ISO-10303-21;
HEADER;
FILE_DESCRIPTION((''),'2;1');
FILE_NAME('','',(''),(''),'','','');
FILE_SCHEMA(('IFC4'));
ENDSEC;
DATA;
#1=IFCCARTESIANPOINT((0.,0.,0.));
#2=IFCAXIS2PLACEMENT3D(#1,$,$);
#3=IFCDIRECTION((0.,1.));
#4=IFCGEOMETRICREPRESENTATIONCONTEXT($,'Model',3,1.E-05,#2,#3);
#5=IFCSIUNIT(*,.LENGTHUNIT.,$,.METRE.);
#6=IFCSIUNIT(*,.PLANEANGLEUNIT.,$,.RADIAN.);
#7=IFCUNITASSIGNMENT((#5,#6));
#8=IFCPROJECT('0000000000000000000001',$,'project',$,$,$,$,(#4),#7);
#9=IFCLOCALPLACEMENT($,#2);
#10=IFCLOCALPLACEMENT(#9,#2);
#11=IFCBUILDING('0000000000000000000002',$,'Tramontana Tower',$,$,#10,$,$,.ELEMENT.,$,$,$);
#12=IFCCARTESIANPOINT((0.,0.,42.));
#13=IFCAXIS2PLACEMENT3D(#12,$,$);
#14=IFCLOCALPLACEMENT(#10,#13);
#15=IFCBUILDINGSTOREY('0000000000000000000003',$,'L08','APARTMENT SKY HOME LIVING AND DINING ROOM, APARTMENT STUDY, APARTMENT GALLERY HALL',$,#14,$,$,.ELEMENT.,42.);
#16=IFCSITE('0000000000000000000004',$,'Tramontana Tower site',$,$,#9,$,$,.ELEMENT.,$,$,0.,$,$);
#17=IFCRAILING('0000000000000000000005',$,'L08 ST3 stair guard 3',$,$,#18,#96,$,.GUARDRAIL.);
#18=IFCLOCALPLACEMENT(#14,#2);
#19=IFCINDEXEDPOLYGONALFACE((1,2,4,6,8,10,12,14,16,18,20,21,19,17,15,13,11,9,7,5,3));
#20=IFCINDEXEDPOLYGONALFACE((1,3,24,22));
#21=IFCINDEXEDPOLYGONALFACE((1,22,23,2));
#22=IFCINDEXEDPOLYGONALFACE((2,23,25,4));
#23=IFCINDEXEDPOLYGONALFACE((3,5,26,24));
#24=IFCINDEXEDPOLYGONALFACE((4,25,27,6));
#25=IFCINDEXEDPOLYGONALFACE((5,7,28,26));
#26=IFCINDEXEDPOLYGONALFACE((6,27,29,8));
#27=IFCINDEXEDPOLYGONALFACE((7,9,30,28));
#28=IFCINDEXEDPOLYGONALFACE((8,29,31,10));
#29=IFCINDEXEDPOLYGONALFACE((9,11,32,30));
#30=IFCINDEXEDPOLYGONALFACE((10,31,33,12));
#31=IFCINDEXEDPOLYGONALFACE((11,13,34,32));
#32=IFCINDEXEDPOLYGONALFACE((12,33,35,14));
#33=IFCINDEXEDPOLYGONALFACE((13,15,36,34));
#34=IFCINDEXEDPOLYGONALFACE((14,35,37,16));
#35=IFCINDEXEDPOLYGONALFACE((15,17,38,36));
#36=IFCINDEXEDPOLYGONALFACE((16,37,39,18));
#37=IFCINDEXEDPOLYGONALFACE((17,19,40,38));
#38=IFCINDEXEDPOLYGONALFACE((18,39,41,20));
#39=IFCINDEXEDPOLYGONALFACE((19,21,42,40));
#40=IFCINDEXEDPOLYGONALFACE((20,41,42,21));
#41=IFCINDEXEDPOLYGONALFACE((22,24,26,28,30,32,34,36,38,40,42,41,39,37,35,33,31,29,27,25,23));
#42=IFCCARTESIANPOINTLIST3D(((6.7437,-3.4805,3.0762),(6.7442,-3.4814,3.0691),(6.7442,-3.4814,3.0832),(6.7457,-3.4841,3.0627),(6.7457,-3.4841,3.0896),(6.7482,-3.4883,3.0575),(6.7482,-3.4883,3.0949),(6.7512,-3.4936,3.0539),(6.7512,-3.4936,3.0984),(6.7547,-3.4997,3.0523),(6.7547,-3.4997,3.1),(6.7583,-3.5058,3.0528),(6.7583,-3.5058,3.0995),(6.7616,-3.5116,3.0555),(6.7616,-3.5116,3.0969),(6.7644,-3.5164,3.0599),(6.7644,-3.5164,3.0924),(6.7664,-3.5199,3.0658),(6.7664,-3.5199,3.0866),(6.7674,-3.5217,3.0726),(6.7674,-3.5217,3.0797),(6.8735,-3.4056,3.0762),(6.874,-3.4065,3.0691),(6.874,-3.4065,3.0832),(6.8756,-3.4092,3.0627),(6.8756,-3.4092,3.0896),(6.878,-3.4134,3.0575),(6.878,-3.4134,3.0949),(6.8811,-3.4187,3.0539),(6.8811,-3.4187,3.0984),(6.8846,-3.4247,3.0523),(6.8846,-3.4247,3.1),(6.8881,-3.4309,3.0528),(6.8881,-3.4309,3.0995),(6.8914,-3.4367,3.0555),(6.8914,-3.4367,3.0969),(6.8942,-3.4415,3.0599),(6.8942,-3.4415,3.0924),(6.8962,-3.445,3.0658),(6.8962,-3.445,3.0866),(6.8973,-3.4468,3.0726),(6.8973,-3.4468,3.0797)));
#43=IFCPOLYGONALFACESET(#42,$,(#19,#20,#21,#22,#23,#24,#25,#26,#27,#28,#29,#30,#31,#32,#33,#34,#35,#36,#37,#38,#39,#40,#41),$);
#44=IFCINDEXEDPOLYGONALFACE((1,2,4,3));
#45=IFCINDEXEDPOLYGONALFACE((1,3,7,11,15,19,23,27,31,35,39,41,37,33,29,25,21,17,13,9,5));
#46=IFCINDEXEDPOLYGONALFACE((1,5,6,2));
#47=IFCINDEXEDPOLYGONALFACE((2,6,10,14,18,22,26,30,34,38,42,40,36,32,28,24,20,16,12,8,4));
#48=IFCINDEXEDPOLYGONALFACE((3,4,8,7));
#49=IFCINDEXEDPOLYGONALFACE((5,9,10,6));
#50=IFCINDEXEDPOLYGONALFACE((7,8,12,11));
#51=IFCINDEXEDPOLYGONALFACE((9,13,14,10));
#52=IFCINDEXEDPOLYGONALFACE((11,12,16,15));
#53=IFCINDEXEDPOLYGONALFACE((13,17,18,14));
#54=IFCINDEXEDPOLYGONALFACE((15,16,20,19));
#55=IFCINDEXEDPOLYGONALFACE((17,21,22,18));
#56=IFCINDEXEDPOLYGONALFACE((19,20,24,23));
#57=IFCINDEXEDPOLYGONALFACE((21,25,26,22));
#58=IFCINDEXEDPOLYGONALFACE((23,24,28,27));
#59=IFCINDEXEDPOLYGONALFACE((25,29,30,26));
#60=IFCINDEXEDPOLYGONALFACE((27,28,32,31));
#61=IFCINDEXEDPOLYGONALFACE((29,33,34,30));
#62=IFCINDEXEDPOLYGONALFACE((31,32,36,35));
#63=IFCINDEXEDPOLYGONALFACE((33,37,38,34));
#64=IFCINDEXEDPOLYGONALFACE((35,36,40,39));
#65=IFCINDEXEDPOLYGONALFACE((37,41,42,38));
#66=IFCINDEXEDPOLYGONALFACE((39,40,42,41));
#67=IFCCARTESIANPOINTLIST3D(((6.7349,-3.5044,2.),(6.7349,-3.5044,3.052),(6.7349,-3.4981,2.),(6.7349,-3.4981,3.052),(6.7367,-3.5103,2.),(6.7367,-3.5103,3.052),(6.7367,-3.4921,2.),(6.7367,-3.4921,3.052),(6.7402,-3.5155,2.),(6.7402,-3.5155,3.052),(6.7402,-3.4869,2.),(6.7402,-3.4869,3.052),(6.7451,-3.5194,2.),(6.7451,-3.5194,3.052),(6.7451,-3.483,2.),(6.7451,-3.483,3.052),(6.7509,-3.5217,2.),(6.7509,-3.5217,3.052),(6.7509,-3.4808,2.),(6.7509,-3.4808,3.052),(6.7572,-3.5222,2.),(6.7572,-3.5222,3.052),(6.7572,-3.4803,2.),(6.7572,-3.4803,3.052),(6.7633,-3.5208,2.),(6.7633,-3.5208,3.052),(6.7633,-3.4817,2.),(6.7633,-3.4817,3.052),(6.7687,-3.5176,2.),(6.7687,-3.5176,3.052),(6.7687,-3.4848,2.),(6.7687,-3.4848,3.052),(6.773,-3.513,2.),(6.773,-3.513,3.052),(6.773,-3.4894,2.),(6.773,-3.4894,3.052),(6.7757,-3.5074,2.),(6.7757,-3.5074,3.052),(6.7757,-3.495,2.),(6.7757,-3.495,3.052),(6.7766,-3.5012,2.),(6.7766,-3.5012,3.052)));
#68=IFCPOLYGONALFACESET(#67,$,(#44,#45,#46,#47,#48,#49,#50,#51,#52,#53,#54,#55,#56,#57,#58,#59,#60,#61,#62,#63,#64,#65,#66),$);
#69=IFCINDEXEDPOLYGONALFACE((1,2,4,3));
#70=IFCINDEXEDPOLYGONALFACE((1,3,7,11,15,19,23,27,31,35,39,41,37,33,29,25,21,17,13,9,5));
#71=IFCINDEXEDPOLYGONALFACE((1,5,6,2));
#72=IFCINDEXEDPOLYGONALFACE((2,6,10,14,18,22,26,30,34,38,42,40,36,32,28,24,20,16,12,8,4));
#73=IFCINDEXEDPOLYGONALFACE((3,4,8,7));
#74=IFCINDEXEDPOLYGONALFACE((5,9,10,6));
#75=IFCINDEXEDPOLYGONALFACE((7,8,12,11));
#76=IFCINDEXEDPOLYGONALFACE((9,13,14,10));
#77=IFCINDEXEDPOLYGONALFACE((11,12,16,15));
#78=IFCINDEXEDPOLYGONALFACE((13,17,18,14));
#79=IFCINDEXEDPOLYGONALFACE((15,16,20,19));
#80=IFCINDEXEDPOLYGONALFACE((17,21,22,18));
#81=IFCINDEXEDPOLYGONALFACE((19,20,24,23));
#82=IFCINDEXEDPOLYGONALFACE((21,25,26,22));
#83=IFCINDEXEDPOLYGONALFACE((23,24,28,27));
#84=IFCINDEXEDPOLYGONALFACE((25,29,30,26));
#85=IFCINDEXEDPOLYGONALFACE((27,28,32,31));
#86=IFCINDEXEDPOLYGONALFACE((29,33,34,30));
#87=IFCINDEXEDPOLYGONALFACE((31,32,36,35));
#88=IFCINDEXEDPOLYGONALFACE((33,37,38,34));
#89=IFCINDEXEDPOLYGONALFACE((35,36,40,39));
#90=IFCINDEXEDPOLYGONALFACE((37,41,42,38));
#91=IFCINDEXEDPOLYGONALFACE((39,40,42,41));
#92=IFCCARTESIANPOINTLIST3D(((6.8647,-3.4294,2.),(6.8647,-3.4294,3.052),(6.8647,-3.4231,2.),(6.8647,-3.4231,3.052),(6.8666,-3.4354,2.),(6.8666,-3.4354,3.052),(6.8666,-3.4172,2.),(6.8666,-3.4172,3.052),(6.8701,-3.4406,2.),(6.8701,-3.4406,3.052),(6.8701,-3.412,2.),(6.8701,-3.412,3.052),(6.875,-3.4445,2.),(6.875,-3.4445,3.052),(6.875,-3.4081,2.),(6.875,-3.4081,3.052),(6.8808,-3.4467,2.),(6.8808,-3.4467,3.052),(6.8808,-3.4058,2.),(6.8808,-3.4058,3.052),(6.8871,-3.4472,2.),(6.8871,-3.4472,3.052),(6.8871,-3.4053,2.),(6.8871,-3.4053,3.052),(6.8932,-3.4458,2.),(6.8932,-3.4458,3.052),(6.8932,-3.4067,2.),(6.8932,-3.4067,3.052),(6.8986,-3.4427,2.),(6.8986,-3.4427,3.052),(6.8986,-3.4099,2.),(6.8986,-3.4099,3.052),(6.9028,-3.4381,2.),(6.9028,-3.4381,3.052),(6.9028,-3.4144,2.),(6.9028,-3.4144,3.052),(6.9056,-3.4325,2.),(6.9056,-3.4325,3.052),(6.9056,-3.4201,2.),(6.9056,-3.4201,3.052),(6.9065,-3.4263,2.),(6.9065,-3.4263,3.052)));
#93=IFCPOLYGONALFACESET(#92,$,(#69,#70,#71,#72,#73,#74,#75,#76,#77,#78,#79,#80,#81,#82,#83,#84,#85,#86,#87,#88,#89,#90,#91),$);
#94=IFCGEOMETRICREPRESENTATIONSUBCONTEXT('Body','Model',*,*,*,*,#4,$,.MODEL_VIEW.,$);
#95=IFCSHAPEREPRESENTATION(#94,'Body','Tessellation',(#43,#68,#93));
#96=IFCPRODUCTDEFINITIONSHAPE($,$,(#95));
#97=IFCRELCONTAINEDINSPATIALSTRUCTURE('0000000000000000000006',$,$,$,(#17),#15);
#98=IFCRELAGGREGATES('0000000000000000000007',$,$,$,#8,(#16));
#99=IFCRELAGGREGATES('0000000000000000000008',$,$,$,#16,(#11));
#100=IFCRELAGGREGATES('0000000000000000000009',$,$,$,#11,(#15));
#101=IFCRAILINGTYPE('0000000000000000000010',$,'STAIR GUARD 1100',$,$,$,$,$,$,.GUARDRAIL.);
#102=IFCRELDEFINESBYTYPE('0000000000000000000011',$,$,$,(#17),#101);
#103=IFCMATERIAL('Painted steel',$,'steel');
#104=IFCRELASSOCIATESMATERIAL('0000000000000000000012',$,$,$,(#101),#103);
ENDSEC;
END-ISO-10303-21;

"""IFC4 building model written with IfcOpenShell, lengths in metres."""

from ifc_helpers import new_model, si_unit, direction, frame, origin, origin_2d, place, context, subcontext, project, spatial, circle, extrude, material, type_object, element, save


model = new_model("IFC4")

# Units and contexts
model_context = context("Model", 3, precision=1e-05, world=origin(), true_north=direction((0.0, 1.0)))
body_context = subcontext(model_context, "Body", "Model", "MODEL_VIEW")
ifc_project = project(units=[si_unit("LENGTHUNIT", "METRE"), si_unit("PLANEANGLEUNIT", "RADIAN")], contexts=[model_context])

# Site, building, storey
site_placement = place(None, origin())
site = spatial("IfcSite", under=ifc_project, at=site_placement, Name="Tramontana Tower site", CompositionType="ELEMENT", RefElevation=0.0)
building_placement = place(site_placement, origin())
building = spatial("IfcBuilding", under=site, at=building_placement, Name="Tramontana Tower", CompositionType="ELEMENT")
storey_placement = place(building_placement, frame((0.0, 0.0, 42.0)))
storey = spatial("IfcBuildingStorey", under=building, at=storey_placement, Name="L08", Description="APARTMENT SKY HOME LIVING AND DINING ROOM, APARTMENT STUDY, APARTMENT GALLERY HALL", CompositionType="ELEMENT", Elevation=42.0)

# Railing
ifc_material_1 = material(Name="Painted steel", Category="steel")
railing_type_1 = type_object("IfcRailingType", Name="STAIR GUARD 1100", PredefinedType="GUARDRAIL", material=ifc_material_1)
railing_1_placement = place(storey_placement, frame((6.7556, -3.5012, 2.0)))
element("IfcRailing", 1, at=railing_1_placement, inside=storey, type_object=railing_type_1, Name="L08 ST3 stair guard 3", PredefinedType="GUARDRAIL", context=body_context, shape_type="SweptSolid", body=[
    extrude(circle(Radius=0.0239, at=origin_2d()), frame((0.0, 0.0, 1.0762), z_axis=(0.866131, 0.499816, 0.0), x_axis=(-0.499816, 0.866131, 0.0)), (0.0, 0.0, 1.0), 0.1499),
    extrude(circle(Radius=0.021, at=origin_2d()), origin(), (0.0, 0.0, 1.0), 1.052),
    extrude(circle(Radius=0.021, at=origin_2d()), frame((0.1299, 0.075, 0.0)), (0.0, 0.0, 1.0), 1.052),
])

save(model, "model.ifc")
